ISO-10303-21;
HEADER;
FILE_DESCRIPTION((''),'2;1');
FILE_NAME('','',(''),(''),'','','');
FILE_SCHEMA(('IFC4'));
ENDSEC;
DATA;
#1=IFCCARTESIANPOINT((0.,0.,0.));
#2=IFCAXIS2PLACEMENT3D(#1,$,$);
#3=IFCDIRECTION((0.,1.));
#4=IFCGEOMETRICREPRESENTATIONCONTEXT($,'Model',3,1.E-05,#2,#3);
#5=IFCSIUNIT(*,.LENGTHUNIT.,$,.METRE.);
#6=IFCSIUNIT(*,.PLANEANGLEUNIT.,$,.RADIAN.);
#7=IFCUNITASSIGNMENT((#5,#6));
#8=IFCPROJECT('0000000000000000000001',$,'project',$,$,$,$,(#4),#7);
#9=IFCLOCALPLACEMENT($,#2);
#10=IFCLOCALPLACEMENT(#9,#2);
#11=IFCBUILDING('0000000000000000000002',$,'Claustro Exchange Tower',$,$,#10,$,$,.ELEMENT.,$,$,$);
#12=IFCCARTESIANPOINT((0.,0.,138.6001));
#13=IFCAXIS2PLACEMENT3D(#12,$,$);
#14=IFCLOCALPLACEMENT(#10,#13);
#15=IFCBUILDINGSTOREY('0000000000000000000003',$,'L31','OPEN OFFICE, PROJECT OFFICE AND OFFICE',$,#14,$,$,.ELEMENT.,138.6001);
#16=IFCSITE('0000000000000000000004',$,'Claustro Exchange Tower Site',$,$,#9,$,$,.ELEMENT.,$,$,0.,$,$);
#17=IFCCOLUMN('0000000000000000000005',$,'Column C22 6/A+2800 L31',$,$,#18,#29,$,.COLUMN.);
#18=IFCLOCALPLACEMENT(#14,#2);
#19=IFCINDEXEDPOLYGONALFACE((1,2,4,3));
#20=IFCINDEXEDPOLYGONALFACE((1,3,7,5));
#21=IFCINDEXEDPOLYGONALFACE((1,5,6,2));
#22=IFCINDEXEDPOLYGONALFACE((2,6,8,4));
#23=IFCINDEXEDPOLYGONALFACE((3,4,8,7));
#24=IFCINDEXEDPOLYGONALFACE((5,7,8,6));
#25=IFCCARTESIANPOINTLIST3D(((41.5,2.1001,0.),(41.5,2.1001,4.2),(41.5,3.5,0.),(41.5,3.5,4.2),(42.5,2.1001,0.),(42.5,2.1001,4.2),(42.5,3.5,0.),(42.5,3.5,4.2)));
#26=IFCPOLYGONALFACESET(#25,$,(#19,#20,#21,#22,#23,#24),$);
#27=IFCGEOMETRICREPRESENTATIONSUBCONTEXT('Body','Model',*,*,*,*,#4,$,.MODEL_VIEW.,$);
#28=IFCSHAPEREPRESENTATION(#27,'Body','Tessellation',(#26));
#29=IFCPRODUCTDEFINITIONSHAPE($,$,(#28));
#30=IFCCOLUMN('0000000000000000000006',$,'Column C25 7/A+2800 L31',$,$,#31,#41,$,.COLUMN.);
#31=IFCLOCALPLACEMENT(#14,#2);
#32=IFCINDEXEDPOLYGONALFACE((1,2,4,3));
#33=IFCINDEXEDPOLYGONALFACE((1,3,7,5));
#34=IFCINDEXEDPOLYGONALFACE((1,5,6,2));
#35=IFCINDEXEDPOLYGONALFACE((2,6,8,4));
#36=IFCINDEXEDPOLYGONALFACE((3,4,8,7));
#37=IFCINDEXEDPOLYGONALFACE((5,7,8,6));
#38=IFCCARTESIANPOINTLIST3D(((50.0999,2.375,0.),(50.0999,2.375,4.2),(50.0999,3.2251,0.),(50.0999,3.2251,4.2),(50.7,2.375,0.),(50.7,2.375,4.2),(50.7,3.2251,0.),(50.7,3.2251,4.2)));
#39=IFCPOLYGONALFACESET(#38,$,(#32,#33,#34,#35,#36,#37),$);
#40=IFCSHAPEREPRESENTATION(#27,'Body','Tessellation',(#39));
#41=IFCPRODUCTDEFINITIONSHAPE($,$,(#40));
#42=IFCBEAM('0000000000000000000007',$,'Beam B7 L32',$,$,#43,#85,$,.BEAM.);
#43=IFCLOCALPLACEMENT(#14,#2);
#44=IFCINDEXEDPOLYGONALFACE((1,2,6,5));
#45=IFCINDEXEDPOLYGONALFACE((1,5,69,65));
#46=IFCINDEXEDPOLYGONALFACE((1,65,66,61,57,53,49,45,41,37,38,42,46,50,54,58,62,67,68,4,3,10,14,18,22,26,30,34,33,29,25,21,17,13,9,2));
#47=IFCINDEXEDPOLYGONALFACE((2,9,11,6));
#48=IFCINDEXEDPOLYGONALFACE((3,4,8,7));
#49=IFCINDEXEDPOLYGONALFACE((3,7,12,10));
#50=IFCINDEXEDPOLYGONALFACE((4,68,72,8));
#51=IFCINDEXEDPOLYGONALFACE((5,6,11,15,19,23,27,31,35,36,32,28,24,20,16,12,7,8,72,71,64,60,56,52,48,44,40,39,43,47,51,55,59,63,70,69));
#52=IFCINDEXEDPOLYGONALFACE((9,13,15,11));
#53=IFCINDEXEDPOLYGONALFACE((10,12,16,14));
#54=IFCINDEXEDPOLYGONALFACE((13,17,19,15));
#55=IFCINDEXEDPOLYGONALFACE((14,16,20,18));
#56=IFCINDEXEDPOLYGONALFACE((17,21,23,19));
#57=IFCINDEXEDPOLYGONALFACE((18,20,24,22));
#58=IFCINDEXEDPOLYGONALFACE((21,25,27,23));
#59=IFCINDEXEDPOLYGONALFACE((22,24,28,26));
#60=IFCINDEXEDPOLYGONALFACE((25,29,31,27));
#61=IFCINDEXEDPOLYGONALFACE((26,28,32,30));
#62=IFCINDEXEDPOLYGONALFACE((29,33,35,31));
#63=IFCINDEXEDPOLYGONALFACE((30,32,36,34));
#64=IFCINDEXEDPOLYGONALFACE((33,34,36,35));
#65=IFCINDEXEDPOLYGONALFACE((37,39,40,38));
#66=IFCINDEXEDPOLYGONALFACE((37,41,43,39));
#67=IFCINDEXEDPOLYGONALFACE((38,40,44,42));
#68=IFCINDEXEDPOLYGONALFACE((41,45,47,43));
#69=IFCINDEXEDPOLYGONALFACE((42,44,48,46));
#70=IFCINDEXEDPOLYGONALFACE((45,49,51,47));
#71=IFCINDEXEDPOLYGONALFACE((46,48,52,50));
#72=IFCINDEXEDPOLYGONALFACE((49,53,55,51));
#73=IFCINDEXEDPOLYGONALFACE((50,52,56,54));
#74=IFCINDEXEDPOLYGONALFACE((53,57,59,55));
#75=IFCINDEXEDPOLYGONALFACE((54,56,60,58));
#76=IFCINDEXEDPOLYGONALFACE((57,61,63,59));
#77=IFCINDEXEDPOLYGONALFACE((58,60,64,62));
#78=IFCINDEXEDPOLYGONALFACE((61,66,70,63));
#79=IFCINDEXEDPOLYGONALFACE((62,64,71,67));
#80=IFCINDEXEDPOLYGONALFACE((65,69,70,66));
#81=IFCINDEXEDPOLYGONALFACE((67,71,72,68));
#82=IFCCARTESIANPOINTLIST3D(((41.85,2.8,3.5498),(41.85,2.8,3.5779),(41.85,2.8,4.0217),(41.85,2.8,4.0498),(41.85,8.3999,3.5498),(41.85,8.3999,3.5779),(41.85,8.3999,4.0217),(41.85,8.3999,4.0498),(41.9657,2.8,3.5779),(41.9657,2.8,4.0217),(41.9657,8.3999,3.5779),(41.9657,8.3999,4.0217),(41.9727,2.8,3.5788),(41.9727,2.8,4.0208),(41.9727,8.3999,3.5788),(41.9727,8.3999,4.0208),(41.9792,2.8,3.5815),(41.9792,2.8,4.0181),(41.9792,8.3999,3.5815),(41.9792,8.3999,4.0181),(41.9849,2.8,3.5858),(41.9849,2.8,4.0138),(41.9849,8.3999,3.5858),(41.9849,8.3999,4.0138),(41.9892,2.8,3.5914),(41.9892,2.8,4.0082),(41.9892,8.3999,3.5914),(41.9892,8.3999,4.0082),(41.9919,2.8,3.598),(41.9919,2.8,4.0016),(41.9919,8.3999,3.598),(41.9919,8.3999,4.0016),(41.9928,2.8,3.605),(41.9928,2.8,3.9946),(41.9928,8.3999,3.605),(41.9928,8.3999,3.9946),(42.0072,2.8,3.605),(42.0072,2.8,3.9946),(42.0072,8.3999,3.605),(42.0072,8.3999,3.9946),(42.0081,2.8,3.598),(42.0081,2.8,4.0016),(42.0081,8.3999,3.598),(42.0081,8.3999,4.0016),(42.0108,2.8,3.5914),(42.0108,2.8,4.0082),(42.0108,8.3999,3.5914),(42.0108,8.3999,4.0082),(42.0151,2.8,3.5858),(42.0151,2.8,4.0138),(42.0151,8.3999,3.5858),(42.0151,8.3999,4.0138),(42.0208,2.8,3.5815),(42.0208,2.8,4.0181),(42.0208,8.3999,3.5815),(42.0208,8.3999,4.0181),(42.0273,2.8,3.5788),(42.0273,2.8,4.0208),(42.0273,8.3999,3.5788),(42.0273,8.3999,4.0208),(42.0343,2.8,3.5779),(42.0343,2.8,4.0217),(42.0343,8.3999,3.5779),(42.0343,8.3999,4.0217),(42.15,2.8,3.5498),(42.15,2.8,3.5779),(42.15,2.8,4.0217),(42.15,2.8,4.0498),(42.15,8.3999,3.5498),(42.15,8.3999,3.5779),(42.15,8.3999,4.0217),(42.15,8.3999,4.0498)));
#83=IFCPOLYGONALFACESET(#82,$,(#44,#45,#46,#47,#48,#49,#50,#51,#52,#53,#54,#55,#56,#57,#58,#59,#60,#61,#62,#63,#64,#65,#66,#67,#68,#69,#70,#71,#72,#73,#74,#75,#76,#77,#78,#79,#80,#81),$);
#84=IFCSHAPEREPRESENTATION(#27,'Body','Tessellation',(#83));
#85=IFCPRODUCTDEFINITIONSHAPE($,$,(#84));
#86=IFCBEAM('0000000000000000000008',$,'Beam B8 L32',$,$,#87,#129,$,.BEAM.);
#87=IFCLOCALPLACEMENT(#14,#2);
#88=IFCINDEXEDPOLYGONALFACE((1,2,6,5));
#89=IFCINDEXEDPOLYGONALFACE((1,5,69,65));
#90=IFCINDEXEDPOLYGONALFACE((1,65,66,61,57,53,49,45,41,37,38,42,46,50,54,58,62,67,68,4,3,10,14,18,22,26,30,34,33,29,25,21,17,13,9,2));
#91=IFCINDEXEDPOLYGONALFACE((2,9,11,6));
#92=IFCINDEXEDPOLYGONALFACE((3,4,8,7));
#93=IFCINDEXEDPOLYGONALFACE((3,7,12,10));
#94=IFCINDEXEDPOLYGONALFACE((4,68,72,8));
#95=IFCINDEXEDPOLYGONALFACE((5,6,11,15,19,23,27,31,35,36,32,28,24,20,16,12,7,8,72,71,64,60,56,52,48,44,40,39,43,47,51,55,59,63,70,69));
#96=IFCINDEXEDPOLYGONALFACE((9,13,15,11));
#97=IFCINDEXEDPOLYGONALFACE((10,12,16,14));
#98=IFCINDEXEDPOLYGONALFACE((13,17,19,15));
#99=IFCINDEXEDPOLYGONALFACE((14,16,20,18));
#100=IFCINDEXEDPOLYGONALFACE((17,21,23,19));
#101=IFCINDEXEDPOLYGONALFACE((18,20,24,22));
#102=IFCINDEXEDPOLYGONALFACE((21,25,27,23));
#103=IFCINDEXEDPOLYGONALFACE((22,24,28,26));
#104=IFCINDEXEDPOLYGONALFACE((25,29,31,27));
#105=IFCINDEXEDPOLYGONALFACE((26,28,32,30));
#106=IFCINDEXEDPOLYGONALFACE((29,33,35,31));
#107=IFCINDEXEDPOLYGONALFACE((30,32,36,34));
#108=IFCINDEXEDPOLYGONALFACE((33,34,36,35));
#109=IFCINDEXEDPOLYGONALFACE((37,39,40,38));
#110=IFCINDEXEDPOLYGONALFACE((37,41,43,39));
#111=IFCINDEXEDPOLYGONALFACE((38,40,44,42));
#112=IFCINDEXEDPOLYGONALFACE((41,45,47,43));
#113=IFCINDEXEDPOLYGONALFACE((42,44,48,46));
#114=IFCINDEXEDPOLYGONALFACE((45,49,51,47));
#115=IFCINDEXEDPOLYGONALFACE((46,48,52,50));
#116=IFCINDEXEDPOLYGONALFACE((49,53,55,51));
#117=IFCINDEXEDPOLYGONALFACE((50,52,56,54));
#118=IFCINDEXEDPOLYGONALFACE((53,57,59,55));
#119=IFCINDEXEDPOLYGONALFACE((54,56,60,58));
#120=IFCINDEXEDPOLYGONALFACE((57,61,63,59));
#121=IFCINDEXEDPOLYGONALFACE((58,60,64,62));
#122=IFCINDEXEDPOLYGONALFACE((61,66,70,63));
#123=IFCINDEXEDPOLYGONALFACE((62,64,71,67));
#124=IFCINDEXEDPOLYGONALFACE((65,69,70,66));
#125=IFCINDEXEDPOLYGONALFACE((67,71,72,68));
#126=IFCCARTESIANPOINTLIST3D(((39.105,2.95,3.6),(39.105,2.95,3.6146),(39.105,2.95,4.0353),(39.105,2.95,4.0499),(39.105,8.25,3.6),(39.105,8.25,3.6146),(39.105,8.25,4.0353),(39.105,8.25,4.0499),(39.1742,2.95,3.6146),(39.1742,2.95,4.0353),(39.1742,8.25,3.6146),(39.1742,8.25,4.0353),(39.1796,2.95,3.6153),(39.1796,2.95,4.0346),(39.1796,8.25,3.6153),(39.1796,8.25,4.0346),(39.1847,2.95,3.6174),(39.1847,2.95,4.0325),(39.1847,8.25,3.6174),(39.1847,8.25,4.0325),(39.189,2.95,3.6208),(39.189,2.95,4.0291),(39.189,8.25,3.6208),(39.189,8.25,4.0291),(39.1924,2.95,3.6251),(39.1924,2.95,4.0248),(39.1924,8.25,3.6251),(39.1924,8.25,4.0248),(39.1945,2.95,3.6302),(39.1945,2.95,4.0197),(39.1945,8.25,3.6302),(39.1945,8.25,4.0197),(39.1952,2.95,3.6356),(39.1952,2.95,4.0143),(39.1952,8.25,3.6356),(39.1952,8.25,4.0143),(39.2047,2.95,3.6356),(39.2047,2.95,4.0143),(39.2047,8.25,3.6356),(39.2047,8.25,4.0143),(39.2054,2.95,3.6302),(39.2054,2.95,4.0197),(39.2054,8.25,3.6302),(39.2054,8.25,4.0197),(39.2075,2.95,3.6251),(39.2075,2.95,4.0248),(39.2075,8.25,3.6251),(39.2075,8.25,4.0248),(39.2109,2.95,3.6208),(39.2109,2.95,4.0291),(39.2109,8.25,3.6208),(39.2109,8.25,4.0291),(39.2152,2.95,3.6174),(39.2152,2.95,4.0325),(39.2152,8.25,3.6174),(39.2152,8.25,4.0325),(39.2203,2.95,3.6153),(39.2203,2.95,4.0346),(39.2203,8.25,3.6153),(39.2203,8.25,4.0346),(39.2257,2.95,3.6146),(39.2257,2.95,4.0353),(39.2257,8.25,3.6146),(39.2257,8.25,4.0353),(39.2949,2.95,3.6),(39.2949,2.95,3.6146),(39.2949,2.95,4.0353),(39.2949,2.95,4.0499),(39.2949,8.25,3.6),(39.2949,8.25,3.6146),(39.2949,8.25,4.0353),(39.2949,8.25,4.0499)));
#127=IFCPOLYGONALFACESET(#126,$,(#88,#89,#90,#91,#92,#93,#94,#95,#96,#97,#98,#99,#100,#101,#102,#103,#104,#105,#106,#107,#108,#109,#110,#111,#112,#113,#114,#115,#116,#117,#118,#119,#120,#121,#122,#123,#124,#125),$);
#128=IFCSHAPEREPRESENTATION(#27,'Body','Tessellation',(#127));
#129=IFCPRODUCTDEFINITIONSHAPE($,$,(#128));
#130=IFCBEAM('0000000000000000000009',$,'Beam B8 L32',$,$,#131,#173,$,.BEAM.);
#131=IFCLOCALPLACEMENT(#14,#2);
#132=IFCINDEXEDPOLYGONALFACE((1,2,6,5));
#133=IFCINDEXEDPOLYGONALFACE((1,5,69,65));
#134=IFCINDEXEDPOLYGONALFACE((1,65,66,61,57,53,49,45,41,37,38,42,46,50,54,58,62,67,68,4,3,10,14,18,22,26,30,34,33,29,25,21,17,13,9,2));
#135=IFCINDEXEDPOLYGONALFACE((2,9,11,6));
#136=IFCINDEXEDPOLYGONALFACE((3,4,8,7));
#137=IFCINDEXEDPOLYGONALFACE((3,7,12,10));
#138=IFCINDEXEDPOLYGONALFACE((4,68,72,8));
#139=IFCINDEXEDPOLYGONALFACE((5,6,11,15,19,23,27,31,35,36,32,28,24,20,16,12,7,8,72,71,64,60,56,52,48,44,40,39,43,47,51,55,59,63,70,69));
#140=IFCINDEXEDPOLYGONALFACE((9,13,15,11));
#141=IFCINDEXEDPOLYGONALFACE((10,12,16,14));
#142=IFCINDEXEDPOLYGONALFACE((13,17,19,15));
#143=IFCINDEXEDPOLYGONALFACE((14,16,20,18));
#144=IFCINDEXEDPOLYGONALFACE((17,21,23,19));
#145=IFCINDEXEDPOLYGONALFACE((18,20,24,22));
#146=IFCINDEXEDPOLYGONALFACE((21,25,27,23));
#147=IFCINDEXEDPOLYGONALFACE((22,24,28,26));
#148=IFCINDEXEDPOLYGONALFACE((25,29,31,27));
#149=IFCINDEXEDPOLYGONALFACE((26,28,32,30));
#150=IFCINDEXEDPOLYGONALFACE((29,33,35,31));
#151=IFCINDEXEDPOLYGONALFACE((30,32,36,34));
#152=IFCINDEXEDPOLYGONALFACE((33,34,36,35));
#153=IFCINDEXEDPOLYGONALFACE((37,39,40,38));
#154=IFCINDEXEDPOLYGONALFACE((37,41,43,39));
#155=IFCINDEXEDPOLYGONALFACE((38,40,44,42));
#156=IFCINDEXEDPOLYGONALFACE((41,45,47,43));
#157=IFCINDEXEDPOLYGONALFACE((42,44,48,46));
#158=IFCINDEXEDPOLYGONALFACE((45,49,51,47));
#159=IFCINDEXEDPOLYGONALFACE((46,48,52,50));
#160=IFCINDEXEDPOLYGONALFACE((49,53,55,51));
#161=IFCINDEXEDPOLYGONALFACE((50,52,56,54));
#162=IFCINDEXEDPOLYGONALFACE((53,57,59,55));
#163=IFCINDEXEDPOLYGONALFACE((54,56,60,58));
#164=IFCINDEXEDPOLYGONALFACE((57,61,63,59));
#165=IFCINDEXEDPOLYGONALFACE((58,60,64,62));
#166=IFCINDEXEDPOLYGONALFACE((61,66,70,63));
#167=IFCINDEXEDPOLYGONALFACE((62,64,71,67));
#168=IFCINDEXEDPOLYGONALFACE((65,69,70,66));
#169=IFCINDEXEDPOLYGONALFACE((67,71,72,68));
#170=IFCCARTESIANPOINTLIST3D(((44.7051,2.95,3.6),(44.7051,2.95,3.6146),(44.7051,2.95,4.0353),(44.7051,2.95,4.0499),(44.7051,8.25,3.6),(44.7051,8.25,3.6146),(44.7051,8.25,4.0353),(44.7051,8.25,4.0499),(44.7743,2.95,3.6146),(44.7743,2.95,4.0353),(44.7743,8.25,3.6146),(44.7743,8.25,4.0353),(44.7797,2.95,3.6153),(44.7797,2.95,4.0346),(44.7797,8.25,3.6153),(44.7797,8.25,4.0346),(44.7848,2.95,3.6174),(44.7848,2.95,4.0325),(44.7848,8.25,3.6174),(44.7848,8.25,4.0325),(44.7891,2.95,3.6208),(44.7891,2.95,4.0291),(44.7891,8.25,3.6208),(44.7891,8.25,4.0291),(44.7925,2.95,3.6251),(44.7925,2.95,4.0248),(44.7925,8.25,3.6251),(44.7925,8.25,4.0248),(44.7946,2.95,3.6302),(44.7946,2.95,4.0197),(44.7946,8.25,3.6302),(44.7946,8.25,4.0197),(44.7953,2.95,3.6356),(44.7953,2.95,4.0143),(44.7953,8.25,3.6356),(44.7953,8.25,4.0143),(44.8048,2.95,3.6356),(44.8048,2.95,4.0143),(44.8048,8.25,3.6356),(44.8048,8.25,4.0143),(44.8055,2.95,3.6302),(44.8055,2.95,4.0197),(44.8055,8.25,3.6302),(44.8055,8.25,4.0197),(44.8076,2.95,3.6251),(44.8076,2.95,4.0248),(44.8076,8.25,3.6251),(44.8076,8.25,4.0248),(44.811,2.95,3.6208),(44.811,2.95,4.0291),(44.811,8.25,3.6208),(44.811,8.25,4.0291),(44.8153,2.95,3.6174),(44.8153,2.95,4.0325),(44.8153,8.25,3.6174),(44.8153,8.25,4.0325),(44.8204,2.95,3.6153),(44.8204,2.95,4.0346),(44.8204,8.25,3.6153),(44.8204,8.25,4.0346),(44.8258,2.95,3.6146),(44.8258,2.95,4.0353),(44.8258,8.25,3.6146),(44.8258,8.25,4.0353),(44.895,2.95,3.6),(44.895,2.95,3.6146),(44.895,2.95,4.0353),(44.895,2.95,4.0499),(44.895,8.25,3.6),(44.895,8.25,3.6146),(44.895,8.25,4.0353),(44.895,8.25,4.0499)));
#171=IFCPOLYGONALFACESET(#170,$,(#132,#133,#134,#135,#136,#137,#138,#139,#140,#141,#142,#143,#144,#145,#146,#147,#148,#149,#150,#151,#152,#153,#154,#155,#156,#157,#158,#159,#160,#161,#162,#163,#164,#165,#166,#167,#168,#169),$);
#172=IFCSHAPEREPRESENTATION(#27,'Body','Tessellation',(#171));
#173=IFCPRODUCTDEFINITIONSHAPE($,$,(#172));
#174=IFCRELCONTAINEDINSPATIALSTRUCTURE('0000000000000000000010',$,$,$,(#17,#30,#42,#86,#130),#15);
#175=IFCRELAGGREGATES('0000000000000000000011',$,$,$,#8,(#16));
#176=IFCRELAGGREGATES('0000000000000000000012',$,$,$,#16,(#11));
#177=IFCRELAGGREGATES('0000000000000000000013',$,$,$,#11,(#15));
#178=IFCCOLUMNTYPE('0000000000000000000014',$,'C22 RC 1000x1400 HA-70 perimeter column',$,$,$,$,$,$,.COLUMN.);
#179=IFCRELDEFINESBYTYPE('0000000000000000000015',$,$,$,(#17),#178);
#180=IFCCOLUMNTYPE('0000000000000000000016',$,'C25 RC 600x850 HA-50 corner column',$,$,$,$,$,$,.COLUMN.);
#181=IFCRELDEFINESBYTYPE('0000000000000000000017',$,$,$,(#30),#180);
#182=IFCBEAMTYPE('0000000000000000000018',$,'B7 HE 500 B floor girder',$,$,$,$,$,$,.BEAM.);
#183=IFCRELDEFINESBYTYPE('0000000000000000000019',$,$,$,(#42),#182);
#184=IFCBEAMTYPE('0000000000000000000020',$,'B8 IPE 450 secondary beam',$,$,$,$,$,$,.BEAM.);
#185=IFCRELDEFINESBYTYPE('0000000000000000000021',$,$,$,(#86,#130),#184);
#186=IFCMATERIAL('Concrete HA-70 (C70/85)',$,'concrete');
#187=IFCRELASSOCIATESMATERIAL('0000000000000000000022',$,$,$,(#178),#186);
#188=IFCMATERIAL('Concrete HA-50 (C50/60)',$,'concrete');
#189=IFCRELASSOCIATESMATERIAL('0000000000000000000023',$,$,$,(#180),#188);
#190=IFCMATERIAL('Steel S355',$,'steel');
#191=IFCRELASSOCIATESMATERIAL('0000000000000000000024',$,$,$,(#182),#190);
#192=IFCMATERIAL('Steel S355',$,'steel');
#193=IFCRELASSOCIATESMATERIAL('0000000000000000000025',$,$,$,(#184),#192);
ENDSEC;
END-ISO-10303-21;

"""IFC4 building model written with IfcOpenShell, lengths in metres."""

from ifc_helpers import new_model, si_unit, direction, frame, origin, origin_2d, place, context, subcontext, project, spatial, rectangle, i_section, extrude, material, material_profile, profile_set, type_object, element, save


model = new_model("IFC4")

# Units and contexts
model_context = context("Model", 3, precision=1e-05, world=origin(), true_north=direction((0.0, 1.0)))
body_context = subcontext(model_context, "Body", "Model", "MODEL_VIEW")
ifc_project = project(units=[si_unit("LENGTHUNIT", "METRE"), si_unit("PLANEANGLEUNIT", "RADIAN")], contexts=[model_context])

# Site, building, storey
site_placement = place(None, origin())
site = spatial("IfcSite", under=ifc_project, at=site_placement, Name="Claustro Exchange Tower Site", CompositionType="ELEMENT", RefElevation=0.0)
building_placement = place(site_placement, origin())
building = spatial("IfcBuilding", under=site, at=building_placement, Name="Claustro Exchange Tower", CompositionType="ELEMENT")
storey_placement = place(building_placement, frame((0.0, 0.0, 138.6001)))
storey = spatial("IfcBuildingStorey", under=building, at=storey_placement, Name="L31", Description="OPEN OFFICE, PROJECT OFFICE AND OFFICE", CompositionType="ELEMENT", Elevation=138.6001)

# Columns
ifc_material_1 = material(Name="Concrete HA-70 (C70/85)", Category="concrete")
ifc_material_profile_1 = material_profile(ifc_material_1, rectangle(XDim=1.0, YDim=1.3999, at=origin_2d()), Name="RC 1000x1400")
ifc_profile_set_1 = profile_set([ifc_material_profile_1], Name="Concrete HA-70 (C70/85)")
column_type_1 = type_object("IfcColumnType", Name="C22 RC 1000x1400 HA-70 perimeter column", PredefinedType="COLUMN", material=ifc_profile_set_1)
column_1_placement = place(storey_placement, frame((42.0, 2.8, 0.0), z_axis=(0.0, 0.0, 1.0), x_axis=(1.0, 0.0, 0.0)))
element("IfcColumn", 1, at=column_1_placement, inside=storey, type_object=column_type_1, Name="Column C22 6/A+2800 L31", PredefinedType="COLUMN", context=body_context, shape_type="SweptSolid", body=[
    extrude(rectangle(XDim=1.0, YDim=1.3999, at=origin_2d()), origin(), (0.0, 0.0, 1.0), 4.2),
])
ifc_material_2 = material(Name="Concrete HA-50 (C50/60)", Category="concrete")
ifc_material_profile_2 = material_profile(ifc_material_2, rectangle(XDim=0.6001, YDim=0.8501, at=origin_2d()), Name="RC 600x850")
ifc_profile_set_2 = profile_set([ifc_material_profile_2], Name="Concrete HA-50 (C50/60)")
column_type_2 = type_object("IfcColumnType", Name="C25 RC 600x850 HA-50 corner column", PredefinedType="COLUMN", material=ifc_profile_set_2)
column_2_placement = place(storey_placement, frame((50.3999, 2.8, 0.0), z_axis=(0.0, 0.0, 1.0), x_axis=(1.0, 0.0, 0.0)))
element("IfcColumn", 2, at=column_2_placement, inside=storey, type_object=column_type_2, Name="Column C25 7/A+2800 L31", PredefinedType="COLUMN", context=body_context, shape_type="SweptSolid", body=[
    extrude(rectangle(XDim=0.6001, YDim=0.8501, at=origin_2d()), origin(), (0.0, 0.0, 1.0), 4.2),
])

# Beams
ifc_material_3 = material(Name="Steel S355", Category="steel")
ifc_material_profile_3 = material_profile(ifc_material_3, i_section(OverallWidth=0.3, OverallDepth=0.5, WebThickness=0.0144, FlangeThickness=0.0281, FilletRadius=0.0271, at=origin_2d()), Name="HE 500 B")
ifc_profile_set_3 = profile_set([ifc_material_profile_3], Name="Steel S355")
beam_type_1 = type_object("IfcBeamType", Name="B7 HE 500 B floor girder", PredefinedType="BEAM", material=ifc_profile_set_3)
beam_1_placement = place(storey_placement, frame((42.0, 2.8, 3.7998), z_axis=(0.0, 1.0, 0.0), x_axis=(-1.0, 0.0, 0.0)))
element("IfcBeam", 3, at=beam_1_placement, inside=storey, type_object=beam_type_1, Name="Beam B7 L32", PredefinedType="BEAM", context=body_context, shape_type="SweptSolid", body=[
    extrude(i_section(OverallWidth=0.3, OverallDepth=0.5, WebThickness=0.0144, FlangeThickness=0.0281, FilletRadius=0.0271, at=origin_2d()), origin(), (0.0, 0.0, 1.0), 5.5999),
])
ifc_material_4 = material(Name="Steel S355", Category="steel")
ifc_material_profile_4 = material_profile(ifc_material_4, i_section(OverallWidth=0.1899, OverallDepth=0.45, WebThickness=0.0095, FlangeThickness=0.0146, FilletRadius=0.021, at=origin_2d()), Name="IPE 450")
ifc_profile_set_4 = profile_set([ifc_material_profile_4], Name="Steel S355")
beam_type_2 = type_object("IfcBeamType", Name="B8 IPE 450 secondary beam", PredefinedType="BEAM", material=ifc_profile_set_4)
for number, where, z_axis, x_axis, name in (
    (4, (39.2, 2.95, 3.825), (0.0, 1.0, 0.0), (-1.0, 0.0, 0.0), "Beam B8 L32"),
    (5, (44.8, 2.95, 3.825), (0.0, 1.0, 0.0), (-1.0, 0.0, 0.0), "Beam B8 L32"),
):
    element("IfcBeam", number, at=place(storey_placement, frame(where, z_axis=z_axis, x_axis=x_axis)), inside=storey, type_object=beam_type_2, Name=name, PredefinedType="BEAM", context=body_context, shape_type="SweptSolid", body=[
        extrude(i_section(OverallWidth=0.1899, OverallDepth=0.45, WebThickness=0.0095, FlangeThickness=0.0146, FilletRadius=0.021, at=origin_2d()), origin(), (0.0, 0.0, 1.0), 5.3),
    ])

save(model, "model.ifc")
